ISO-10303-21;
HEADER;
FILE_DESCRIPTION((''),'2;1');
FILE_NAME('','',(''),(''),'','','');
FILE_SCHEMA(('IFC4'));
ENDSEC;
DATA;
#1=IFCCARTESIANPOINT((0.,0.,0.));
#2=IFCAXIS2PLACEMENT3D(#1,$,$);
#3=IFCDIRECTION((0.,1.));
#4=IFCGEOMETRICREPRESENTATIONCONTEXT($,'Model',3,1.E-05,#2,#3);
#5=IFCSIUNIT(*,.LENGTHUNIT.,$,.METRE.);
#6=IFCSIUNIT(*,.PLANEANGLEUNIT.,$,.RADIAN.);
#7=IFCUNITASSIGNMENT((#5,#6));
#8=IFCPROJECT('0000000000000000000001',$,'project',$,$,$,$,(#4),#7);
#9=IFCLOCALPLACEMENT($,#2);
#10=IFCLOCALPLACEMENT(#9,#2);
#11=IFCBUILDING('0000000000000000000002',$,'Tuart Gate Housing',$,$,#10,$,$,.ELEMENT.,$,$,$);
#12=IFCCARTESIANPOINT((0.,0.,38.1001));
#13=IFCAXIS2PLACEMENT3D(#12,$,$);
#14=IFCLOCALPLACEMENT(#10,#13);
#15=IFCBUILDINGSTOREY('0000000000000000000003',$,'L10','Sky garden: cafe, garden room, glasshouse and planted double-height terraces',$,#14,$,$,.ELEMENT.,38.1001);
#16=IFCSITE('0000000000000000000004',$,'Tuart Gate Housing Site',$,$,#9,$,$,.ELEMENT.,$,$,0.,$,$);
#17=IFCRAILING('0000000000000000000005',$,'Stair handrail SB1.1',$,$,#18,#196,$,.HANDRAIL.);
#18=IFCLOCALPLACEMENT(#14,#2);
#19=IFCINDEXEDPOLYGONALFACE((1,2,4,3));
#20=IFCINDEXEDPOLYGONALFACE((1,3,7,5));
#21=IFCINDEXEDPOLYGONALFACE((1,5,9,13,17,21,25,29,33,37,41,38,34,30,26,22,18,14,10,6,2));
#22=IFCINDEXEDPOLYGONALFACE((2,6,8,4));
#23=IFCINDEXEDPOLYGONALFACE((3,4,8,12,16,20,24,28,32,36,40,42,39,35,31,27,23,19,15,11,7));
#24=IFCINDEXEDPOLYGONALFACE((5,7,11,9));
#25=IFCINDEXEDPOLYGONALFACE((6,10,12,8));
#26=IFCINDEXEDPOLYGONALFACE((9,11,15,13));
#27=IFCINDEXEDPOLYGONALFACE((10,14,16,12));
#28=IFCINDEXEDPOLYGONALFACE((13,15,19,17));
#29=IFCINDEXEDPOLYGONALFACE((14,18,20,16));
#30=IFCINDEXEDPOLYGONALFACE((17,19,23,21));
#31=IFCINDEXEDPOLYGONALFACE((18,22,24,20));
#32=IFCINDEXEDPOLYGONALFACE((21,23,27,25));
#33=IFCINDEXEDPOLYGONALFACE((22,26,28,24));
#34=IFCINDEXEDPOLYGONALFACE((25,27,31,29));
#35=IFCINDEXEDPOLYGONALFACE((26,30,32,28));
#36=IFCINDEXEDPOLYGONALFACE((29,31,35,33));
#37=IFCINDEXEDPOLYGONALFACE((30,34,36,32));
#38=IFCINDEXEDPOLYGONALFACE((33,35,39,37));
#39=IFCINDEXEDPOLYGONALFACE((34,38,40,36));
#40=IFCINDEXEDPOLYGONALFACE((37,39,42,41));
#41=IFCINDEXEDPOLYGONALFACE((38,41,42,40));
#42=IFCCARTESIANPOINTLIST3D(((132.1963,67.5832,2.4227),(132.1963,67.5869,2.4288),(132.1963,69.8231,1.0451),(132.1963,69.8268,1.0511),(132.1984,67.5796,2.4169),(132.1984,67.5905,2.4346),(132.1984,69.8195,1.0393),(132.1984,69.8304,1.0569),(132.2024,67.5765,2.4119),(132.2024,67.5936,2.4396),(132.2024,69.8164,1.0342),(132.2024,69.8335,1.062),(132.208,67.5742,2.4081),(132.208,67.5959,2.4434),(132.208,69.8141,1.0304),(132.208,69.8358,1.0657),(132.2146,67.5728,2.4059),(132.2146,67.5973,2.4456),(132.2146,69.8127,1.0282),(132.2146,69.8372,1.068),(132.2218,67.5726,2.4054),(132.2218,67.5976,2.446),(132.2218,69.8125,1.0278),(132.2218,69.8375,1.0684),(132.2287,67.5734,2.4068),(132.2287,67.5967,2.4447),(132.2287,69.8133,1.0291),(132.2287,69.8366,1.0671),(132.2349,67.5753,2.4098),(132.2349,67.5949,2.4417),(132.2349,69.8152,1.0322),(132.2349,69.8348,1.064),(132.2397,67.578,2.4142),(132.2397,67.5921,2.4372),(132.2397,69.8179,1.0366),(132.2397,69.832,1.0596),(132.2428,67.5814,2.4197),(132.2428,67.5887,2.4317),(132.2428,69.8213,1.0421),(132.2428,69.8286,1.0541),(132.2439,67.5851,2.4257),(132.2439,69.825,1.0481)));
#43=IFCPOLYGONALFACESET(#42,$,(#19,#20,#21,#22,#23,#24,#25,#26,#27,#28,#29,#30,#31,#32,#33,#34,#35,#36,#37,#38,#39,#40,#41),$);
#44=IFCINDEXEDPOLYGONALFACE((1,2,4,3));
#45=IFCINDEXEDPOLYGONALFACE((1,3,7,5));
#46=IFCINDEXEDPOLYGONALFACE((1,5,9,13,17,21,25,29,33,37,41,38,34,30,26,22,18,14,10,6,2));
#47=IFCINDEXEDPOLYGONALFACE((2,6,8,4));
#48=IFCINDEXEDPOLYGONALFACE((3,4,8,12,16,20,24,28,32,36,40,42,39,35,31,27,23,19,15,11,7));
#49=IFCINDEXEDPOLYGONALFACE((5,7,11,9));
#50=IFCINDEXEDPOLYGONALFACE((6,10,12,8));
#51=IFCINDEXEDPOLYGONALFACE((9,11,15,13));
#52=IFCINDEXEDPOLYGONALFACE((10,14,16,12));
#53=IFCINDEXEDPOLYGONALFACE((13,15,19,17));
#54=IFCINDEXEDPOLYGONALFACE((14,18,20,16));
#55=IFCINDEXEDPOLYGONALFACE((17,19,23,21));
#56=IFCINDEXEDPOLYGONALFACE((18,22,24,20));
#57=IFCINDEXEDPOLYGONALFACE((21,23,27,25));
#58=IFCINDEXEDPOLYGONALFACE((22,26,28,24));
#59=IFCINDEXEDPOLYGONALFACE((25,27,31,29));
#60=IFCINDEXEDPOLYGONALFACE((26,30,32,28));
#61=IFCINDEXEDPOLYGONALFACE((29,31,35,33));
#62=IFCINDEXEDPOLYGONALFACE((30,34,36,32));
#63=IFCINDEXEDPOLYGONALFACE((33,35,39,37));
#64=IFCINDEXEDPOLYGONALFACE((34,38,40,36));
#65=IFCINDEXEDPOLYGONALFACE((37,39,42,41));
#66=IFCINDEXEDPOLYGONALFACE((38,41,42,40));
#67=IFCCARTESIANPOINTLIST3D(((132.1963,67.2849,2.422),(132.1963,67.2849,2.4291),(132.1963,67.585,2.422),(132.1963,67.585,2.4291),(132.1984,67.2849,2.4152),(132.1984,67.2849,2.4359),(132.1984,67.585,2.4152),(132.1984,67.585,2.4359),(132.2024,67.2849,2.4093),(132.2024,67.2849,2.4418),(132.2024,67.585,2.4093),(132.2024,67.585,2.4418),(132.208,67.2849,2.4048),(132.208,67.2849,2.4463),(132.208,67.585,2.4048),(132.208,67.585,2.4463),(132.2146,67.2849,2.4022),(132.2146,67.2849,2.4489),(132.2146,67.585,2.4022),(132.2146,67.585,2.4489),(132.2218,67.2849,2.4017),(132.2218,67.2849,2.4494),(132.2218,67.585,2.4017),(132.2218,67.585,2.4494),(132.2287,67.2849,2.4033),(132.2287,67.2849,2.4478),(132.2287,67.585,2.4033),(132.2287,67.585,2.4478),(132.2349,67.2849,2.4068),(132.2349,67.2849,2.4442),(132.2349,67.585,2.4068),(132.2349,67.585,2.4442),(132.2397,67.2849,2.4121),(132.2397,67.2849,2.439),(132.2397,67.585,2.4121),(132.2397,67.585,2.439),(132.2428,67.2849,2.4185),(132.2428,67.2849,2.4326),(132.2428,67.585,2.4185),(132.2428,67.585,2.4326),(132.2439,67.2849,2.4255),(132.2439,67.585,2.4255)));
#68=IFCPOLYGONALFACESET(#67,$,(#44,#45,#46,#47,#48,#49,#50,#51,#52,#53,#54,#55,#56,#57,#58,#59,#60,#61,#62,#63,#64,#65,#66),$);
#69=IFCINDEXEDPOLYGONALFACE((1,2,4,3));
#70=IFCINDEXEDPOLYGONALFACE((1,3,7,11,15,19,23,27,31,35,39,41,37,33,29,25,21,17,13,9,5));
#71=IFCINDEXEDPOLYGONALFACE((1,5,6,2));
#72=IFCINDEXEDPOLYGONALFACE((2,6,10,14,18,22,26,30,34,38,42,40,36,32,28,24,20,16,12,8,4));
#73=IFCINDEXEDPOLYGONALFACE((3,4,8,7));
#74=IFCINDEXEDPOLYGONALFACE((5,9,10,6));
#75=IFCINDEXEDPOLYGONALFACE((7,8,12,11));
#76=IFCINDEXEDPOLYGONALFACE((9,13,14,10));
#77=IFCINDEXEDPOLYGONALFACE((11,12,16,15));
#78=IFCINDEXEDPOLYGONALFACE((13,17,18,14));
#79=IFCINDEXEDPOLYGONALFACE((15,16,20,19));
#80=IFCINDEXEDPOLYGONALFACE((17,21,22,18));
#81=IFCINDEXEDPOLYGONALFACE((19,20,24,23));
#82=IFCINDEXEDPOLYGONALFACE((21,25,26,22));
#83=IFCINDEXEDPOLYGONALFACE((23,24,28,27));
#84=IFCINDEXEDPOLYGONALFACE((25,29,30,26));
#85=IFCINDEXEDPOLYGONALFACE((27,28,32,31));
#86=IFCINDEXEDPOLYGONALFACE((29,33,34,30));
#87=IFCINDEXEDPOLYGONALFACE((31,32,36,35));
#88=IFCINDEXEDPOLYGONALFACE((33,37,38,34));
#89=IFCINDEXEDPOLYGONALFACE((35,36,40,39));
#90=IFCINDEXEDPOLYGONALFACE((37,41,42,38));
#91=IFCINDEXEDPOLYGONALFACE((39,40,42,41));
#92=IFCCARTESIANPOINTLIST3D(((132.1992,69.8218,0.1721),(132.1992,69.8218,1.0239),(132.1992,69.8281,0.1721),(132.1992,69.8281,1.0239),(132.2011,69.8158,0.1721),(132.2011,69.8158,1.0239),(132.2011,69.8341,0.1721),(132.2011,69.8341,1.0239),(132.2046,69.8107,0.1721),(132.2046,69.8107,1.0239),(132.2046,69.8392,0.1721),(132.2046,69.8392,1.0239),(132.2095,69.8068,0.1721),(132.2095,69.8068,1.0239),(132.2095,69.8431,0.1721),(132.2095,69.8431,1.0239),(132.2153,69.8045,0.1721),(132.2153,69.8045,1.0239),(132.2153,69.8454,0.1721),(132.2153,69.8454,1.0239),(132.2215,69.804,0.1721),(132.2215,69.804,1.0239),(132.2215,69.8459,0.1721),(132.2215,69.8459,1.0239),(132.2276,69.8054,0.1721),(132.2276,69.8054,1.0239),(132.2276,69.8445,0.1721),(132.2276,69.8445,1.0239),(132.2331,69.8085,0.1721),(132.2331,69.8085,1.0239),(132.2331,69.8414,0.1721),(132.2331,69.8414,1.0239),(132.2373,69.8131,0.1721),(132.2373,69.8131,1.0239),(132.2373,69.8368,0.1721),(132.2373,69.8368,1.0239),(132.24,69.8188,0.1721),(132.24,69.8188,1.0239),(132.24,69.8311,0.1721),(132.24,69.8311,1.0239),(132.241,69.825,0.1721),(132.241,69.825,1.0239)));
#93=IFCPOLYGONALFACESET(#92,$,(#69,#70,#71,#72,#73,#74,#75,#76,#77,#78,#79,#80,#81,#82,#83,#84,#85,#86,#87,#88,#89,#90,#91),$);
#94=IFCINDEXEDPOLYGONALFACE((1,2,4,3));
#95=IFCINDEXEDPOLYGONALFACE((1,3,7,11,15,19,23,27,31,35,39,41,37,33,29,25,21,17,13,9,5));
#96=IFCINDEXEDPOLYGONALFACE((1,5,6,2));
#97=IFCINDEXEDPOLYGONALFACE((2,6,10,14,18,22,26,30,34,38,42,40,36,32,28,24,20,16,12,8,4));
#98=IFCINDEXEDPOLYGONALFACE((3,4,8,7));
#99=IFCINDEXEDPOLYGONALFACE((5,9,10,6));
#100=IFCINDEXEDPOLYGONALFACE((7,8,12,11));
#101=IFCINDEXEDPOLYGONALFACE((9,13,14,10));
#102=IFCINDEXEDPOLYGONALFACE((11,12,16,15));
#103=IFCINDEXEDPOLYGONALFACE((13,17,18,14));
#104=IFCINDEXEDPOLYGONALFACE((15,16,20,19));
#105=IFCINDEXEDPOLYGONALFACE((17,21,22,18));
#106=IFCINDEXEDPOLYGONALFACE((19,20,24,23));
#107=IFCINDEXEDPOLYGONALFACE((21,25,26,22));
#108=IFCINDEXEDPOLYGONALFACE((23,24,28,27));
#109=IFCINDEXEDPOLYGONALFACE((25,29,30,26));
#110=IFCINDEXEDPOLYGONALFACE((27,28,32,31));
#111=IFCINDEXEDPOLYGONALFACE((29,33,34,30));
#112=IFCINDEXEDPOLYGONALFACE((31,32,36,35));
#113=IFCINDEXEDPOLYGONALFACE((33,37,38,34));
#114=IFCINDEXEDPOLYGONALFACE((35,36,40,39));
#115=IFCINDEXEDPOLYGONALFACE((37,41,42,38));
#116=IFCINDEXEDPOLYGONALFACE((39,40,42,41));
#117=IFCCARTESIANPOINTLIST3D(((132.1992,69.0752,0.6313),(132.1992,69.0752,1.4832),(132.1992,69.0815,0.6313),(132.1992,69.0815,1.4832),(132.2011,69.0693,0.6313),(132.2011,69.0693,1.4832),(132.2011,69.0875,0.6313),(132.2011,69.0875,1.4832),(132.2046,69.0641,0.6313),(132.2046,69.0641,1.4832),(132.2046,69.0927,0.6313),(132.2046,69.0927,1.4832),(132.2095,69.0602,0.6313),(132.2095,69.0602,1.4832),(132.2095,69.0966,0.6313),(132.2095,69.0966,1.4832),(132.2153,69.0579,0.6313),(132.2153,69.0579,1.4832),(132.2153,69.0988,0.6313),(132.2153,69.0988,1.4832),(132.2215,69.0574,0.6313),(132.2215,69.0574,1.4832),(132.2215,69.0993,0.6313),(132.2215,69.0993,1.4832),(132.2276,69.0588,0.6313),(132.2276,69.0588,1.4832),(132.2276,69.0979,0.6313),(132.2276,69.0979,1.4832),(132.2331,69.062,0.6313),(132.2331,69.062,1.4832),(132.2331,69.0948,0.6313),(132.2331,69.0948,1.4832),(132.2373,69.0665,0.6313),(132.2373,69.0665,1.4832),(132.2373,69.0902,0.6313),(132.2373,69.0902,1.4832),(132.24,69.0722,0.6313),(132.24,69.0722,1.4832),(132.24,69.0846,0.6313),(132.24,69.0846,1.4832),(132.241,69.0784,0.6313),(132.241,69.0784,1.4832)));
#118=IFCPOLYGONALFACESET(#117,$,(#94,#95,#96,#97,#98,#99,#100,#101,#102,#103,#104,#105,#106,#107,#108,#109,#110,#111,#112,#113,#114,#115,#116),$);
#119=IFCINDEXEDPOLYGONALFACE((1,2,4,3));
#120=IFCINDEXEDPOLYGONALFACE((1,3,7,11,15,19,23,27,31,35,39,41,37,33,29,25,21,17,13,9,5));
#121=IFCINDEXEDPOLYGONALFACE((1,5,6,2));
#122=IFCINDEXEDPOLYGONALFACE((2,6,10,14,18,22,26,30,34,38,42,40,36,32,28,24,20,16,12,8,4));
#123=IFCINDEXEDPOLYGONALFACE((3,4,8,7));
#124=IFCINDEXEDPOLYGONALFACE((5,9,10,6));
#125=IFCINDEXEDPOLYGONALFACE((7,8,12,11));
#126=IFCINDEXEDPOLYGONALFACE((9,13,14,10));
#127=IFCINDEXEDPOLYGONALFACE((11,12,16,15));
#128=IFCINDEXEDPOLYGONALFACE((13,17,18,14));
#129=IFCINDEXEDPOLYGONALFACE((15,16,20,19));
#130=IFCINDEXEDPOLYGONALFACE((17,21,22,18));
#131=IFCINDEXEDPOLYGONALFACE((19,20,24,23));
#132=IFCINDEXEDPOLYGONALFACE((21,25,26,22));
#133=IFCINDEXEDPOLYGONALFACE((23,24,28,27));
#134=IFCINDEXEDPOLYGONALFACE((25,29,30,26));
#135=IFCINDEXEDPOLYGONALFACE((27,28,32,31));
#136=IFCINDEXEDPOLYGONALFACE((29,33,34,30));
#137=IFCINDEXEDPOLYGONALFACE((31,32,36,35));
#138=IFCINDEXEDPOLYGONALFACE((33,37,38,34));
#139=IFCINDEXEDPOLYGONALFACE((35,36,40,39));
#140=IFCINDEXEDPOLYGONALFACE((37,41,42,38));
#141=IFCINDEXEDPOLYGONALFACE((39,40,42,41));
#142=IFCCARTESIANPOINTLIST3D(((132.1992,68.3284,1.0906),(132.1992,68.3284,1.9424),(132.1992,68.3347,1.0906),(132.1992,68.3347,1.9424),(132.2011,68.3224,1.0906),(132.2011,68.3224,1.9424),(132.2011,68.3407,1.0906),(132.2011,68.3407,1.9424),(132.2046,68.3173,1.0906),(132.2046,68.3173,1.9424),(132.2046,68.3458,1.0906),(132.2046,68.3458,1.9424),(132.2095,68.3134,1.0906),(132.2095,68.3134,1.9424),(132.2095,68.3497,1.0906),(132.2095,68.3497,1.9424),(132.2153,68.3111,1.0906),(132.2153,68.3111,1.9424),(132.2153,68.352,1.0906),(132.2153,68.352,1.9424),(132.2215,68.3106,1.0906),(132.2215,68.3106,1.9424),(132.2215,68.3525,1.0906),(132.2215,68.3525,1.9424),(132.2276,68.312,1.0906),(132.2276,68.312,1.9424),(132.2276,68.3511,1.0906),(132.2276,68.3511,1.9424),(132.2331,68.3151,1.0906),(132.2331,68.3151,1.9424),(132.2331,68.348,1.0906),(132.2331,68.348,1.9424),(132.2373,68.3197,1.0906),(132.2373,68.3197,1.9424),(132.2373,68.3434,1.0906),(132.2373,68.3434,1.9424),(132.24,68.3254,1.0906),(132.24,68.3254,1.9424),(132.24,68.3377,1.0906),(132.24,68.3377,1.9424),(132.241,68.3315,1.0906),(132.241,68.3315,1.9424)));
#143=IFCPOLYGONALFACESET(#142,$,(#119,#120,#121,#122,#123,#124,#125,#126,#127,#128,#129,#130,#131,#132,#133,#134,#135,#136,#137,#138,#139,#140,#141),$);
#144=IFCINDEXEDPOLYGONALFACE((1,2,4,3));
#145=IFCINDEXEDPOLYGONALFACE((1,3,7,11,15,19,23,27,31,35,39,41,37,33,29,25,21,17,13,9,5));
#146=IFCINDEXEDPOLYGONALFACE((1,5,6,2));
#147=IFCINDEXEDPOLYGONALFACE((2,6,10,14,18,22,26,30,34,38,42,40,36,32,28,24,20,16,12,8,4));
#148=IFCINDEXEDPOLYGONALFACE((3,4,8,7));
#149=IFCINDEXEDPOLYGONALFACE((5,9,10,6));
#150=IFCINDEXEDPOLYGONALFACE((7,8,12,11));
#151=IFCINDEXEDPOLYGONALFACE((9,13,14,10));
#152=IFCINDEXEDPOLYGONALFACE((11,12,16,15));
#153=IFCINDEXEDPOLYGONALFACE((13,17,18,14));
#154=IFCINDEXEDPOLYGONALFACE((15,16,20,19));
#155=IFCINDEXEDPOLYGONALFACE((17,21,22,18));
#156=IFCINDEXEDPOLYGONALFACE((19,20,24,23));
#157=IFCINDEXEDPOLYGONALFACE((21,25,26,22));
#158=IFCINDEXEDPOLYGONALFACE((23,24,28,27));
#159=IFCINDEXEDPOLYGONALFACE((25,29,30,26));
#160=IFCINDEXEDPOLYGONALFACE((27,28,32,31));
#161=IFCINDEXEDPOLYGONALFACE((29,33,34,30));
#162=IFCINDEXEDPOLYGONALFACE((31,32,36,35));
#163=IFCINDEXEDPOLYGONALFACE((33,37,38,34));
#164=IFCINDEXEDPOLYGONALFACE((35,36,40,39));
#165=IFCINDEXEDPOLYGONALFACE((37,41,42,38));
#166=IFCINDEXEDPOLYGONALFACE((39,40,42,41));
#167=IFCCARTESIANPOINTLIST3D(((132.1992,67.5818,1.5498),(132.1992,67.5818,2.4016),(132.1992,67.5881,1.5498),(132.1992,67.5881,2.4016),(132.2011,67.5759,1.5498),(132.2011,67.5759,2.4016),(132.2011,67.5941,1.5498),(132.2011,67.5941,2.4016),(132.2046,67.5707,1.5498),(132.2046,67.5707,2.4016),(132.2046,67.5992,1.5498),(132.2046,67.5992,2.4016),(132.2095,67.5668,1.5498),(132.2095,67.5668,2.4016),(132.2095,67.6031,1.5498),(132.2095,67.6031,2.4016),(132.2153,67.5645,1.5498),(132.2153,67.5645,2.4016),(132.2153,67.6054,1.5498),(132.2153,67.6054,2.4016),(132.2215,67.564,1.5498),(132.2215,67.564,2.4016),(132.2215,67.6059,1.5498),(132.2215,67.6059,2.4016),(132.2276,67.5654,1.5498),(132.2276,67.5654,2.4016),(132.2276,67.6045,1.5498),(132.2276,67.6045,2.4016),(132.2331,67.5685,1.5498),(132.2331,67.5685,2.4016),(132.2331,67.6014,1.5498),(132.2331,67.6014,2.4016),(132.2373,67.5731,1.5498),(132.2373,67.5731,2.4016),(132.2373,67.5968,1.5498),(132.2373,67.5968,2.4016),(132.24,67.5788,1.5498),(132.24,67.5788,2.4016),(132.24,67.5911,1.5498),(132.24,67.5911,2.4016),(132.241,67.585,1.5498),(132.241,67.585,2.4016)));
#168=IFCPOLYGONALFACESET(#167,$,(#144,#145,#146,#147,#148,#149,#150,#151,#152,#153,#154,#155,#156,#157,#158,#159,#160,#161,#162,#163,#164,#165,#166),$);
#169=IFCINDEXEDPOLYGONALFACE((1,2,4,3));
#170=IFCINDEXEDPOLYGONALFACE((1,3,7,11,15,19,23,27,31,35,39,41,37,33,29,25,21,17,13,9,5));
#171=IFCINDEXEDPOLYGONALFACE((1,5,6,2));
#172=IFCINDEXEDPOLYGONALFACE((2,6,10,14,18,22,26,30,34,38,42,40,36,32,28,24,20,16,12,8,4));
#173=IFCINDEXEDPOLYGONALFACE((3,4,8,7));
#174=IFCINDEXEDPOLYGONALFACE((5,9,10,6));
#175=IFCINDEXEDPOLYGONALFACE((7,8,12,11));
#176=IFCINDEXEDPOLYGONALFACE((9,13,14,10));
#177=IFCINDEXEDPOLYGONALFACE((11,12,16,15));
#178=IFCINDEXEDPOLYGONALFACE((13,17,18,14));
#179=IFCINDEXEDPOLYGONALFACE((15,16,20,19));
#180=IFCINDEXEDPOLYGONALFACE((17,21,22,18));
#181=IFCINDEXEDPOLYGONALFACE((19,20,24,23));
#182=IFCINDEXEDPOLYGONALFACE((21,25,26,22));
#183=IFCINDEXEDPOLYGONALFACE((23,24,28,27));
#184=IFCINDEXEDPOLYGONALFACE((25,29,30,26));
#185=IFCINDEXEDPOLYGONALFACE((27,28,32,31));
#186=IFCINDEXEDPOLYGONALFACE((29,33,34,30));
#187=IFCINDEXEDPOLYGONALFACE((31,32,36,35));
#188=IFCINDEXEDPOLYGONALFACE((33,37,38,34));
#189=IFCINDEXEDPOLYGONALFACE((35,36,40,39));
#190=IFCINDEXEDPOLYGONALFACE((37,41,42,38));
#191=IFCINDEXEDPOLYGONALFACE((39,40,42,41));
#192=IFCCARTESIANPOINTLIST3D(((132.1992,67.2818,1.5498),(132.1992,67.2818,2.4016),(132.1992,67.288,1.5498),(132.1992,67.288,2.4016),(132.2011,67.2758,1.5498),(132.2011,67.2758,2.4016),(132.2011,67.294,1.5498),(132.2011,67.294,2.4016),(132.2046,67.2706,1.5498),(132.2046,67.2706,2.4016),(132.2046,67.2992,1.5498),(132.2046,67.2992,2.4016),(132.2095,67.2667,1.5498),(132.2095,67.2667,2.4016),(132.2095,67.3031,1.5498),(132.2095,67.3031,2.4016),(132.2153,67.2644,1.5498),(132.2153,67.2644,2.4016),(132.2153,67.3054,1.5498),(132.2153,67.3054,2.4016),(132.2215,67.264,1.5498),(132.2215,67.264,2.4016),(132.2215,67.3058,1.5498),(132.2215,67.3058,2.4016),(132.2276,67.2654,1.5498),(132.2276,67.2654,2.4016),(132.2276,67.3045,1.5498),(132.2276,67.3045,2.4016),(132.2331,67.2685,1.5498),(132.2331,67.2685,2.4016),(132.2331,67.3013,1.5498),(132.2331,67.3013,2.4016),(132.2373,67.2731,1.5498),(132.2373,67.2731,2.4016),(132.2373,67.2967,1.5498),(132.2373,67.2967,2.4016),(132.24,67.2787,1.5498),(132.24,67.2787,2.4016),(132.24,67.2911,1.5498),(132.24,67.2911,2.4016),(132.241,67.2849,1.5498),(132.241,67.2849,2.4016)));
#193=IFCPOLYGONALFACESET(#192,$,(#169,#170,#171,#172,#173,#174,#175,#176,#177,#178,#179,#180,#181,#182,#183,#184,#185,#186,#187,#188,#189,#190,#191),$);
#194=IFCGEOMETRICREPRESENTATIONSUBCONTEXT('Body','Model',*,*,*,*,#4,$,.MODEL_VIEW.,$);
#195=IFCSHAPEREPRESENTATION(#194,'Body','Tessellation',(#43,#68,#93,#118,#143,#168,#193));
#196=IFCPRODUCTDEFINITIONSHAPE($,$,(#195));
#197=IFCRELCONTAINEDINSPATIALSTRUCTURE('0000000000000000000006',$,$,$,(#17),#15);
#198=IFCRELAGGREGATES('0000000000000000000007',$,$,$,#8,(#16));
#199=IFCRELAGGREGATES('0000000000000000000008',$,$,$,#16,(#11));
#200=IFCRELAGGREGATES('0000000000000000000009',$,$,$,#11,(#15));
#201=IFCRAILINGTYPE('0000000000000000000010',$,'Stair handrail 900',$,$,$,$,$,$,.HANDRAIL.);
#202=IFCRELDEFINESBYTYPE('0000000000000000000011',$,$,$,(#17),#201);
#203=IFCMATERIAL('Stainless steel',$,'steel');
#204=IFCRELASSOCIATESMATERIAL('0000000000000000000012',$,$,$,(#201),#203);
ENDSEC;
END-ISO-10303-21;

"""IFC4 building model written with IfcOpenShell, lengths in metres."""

from ifc_helpers import new_model, si_unit, direction, frame, origin, origin_2d, place, context, subcontext, project, spatial, circle, extrude, material, type_object, element, save


model = new_model("IFC4")

# Units and contexts
model_context = context("Model", 3, precision=1e-05, world=origin(), true_north=direction((0.0, 1.0)))
body_context = subcontext(model_context, "Body", "Model", "MODEL_VIEW")
ifc_project = project(units=[si_unit("LENGTHUNIT", "METRE"), si_unit("PLANEANGLEUNIT", "RADIAN")], contexts=[model_context])

# Site, building, storey
site_placement = place(None, origin())
site = spatial("IfcSite", under=ifc_project, at=site_placement, Name="Tuart Gate Housing Site", CompositionType="ELEMENT", RefElevation=0.0)
building_placement = place(site_placement, origin())
building = spatial("IfcBuilding", under=site, at=building_placement, Name="Tuart Gate Housing", CompositionType="ELEMENT")
storey_placement = place(building_placement, frame((0.0, 0.0, 38.1001)))
storey = spatial("IfcBuildingStorey", under=building, at=storey_placement, Name="L10", Description="Sky garden: cafe, garden room, glasshouse and planted double-height terraces", CompositionType="ELEMENT", Elevation=38.1001)

# Railing
ifc_material_1 = material(Name="Stainless steel", Category="steel")
railing_type = type_object("IfcRailingType", Name="Stair handrail 900", PredefinedType="HANDRAIL", material=ifc_material_1)
railing_placement = place(storey_placement, frame((132.22, 69.825, 0.1721)))
element("IfcRailing", 1, at=railing_placement, inside=storey, type_object=railing_type, Name="Stair handrail SB1.1", PredefinedType="HANDRAIL", context=body_context, shape_type="SweptSolid", body=[
    extrude(circle(Radius=0.0239, at=origin_2d()), frame((0.0, 0.0, 0.876), z_axis=(0.0, -0.851789, 0.523885), x_axis=(1.0, 0.0, 0.0)), (0.0, 0.0, 1.0), 2.6296),
    extrude(circle(Radius=0.0239, at=origin_2d()), frame((0.0, -2.24, 2.2534), z_axis=(0.0, -1.0, 0.0), x_axis=(1.0, 0.0, 0.0)), (0.0, 0.0, 1.0), 0.3),
    extrude(circle(Radius=0.021, at=origin_2d()), origin(), (0.0, 0.0, 1.0), 0.8518),
    extrude(circle(Radius=0.021, at=origin_2d()), frame((0.0, -0.7466, 0.4592)), (0.0, 0.0, 1.0), 0.8518),
    extrude(circle(Radius=0.021, at=origin_2d()), frame((0.0, -1.4934, 0.9185)), (0.0, 0.0, 1.0), 0.8518),
    extrude(circle(Radius=0.021, at=origin_2d()), frame((0.0, -2.24, 1.3777)), (0.0, 0.0, 1.0), 0.8518),
    extrude(circle(Radius=0.021, at=origin_2d()), frame((0.0, -2.54, 1.3777)), (0.0, 0.0, 1.0), 0.8518),
])

save(model, "model.ifc")
